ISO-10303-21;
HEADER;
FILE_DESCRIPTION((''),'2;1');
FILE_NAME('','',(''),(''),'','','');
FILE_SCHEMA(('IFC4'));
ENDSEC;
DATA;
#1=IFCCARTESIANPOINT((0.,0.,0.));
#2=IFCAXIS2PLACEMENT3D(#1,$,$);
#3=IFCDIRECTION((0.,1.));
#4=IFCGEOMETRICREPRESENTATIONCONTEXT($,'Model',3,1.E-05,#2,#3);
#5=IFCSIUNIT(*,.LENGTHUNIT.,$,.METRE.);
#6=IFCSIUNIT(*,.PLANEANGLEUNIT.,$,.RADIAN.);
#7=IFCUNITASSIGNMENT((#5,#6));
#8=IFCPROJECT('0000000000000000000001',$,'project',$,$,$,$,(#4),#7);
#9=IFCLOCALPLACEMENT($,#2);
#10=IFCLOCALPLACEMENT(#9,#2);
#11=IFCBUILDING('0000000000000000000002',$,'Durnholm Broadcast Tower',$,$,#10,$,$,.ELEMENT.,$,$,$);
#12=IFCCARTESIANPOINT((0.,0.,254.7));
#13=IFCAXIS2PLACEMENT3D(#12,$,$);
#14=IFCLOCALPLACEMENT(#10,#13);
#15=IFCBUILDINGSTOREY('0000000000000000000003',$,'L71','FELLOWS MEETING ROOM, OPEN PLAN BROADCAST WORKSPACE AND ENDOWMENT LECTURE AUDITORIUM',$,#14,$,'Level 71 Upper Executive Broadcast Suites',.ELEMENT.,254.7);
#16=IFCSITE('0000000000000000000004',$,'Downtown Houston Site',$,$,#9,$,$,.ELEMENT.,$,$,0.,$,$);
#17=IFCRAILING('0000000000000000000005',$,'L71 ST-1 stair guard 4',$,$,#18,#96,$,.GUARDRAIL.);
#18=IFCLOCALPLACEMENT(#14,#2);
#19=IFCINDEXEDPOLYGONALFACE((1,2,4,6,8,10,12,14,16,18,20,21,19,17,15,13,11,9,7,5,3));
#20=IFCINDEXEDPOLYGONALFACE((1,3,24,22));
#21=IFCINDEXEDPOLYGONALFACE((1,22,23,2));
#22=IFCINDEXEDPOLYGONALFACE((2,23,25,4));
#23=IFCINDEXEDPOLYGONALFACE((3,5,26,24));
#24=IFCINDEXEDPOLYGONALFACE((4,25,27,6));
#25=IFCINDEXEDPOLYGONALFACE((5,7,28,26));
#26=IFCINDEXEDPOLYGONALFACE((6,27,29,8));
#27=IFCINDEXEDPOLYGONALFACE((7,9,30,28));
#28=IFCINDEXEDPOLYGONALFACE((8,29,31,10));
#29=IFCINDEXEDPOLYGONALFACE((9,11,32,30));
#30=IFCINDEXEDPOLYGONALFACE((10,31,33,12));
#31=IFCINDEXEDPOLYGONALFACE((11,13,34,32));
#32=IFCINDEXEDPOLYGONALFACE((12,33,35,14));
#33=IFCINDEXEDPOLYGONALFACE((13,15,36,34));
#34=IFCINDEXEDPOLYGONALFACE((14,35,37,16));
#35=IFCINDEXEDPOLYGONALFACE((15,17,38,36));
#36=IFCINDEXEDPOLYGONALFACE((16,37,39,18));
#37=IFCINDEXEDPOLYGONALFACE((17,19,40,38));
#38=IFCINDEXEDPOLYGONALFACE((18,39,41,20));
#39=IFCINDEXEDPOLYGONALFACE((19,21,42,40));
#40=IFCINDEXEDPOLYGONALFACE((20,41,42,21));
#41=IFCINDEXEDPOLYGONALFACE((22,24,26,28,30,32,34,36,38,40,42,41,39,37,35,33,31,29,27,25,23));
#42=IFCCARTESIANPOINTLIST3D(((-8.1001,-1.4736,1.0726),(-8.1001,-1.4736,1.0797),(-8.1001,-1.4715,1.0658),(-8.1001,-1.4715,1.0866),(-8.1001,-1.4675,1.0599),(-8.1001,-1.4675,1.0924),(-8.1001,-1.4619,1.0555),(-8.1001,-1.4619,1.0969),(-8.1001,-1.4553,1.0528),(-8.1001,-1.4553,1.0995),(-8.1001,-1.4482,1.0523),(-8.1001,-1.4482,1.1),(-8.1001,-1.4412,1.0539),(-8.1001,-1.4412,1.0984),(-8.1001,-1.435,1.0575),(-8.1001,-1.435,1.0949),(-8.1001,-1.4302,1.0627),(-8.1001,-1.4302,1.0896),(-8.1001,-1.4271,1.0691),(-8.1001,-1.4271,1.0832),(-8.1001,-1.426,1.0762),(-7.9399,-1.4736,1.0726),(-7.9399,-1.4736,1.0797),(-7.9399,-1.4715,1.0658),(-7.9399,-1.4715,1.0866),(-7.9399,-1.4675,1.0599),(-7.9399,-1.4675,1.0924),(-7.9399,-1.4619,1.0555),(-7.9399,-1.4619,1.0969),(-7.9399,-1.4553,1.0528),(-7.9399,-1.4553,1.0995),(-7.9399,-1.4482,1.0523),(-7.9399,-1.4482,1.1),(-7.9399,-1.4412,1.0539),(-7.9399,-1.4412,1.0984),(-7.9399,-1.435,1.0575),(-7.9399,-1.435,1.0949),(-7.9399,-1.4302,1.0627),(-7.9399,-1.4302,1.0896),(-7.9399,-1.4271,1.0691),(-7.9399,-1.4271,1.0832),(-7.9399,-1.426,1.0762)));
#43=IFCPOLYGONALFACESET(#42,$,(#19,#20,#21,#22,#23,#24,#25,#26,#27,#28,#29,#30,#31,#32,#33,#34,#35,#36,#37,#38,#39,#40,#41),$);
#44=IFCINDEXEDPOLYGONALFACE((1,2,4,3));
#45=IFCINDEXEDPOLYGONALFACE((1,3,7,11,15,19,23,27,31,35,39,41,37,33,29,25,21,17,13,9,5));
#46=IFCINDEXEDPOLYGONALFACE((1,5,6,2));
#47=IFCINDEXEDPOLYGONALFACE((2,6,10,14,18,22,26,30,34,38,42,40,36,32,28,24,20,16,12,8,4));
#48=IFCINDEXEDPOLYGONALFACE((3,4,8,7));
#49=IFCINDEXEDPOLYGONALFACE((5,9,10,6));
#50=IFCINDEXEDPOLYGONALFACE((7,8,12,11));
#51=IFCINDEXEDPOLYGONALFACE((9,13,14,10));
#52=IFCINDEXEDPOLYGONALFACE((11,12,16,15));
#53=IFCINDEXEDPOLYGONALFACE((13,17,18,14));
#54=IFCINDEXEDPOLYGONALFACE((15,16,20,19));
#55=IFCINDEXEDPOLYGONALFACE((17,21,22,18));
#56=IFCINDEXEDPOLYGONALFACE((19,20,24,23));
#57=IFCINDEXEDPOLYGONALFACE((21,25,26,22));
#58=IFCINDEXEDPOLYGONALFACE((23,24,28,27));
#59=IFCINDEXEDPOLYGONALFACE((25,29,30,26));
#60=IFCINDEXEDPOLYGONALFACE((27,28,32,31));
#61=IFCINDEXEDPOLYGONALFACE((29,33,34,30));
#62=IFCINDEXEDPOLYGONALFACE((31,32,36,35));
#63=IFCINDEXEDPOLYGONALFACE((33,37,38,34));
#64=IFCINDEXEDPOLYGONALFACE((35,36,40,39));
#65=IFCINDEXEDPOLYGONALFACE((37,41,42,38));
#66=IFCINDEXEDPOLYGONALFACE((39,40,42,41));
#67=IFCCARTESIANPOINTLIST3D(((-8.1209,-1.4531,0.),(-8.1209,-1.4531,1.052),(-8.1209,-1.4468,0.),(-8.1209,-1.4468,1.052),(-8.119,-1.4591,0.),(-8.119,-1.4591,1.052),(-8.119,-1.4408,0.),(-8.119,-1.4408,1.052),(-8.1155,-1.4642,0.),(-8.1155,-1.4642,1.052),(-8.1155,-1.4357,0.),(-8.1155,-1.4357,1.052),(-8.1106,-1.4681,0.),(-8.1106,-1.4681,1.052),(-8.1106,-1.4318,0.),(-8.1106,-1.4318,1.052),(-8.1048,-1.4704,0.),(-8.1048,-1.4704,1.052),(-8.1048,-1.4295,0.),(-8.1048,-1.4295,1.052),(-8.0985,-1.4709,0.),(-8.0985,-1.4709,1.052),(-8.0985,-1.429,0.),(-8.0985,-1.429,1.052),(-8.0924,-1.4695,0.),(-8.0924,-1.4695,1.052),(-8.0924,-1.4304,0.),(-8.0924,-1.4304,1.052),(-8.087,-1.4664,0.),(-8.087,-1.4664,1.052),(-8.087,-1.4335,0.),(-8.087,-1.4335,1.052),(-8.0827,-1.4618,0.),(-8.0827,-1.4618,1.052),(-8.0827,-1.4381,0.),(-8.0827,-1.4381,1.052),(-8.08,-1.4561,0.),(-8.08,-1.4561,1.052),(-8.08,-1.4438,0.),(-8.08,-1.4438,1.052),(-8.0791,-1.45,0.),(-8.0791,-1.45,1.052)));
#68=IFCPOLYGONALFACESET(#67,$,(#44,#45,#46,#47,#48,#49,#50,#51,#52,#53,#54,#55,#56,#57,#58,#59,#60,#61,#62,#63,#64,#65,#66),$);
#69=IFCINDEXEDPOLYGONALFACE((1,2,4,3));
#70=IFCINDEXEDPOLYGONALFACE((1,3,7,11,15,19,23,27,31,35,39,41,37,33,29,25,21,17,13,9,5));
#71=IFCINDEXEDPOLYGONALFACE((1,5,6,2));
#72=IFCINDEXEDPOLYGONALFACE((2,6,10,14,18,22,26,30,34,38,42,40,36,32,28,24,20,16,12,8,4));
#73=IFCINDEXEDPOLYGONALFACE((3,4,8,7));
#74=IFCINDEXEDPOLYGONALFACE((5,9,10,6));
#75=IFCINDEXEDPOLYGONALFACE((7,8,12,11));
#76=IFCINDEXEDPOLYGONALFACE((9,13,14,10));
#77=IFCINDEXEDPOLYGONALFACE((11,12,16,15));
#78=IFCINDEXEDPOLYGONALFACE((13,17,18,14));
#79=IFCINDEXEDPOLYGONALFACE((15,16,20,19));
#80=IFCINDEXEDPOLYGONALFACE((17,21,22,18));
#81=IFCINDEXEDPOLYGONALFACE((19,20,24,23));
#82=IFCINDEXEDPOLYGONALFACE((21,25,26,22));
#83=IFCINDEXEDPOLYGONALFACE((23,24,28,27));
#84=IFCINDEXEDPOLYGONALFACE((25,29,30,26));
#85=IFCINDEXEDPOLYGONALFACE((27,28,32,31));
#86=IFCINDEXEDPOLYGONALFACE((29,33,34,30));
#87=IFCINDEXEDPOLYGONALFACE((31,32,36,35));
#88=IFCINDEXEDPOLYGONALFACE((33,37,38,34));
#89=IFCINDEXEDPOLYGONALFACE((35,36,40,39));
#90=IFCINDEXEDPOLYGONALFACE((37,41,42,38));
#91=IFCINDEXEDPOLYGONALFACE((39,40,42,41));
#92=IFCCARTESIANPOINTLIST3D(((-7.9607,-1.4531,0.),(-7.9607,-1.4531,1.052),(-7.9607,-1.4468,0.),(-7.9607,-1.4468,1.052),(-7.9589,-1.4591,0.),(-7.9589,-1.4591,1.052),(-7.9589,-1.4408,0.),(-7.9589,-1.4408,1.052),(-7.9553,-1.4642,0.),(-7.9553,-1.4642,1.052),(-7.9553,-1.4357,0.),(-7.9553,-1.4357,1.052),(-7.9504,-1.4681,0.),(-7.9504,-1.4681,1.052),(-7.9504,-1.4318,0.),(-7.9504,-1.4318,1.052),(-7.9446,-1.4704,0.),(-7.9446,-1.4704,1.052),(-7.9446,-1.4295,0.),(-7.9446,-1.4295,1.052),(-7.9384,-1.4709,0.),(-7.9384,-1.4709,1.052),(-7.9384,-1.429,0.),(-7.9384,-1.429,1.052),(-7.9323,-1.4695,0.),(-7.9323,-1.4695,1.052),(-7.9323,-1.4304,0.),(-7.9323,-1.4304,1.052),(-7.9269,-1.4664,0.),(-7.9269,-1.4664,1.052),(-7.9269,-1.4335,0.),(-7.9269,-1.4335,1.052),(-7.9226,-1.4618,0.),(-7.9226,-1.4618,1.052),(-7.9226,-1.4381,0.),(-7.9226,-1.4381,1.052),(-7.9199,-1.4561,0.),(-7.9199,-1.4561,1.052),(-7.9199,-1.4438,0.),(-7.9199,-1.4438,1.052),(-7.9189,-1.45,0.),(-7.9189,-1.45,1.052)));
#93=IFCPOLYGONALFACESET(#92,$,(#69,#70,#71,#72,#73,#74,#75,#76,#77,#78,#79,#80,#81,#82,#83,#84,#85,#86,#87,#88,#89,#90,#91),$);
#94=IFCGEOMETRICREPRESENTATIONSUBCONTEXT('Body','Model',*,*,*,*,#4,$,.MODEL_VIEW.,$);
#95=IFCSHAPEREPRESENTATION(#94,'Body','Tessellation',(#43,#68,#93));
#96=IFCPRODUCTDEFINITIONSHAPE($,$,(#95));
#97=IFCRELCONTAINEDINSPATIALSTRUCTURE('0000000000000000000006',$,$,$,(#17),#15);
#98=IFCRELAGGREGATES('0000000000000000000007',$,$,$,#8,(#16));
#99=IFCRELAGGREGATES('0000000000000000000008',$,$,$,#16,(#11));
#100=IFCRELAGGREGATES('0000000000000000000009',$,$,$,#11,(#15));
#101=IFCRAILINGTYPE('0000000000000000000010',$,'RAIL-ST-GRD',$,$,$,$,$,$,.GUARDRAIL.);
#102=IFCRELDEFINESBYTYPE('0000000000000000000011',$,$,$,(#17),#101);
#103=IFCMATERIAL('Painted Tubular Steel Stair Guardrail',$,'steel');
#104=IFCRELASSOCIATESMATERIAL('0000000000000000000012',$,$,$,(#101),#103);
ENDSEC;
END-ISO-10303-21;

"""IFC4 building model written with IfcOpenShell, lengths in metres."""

from ifc_helpers import new_model, si_unit, direction, frame, origin, origin_2d, place, context, subcontext, project, spatial, circle, extrude, material, type_object, element, save


model = new_model("IFC4")

# Units and contexts
model_context = context("Model", 3, precision=1e-05, world=origin(), true_north=direction((0.0, 1.0)))
body_context = subcontext(model_context, "Body", "Model", "MODEL_VIEW")
ifc_project = project(units=[si_unit("LENGTHUNIT", "METRE"), si_unit("PLANEANGLEUNIT", "RADIAN")], contexts=[model_context])

# Site, building, storey
site_placement = place(None, origin())
site = spatial("IfcSite", under=ifc_project, at=site_placement, Name="Downtown Houston Site", CompositionType="ELEMENT", RefElevation=0.0)
building_placement = place(site_placement, origin())
building = spatial("IfcBuilding", under=site, at=building_placement, Name="Durnholm Broadcast Tower", CompositionType="ELEMENT")
storey_placement = place(building_placement, frame((0.0, 0.0, 254.7)))
storey = spatial("IfcBuildingStorey", under=building, at=storey_placement, Name="L71", Description="FELLOWS MEETING ROOM, OPEN PLAN BROADCAST WORKSPACE AND ENDOWMENT LECTURE AUDITORIUM", LongName="Level 71 Upper Executive Broadcast Suites", CompositionType="ELEMENT", Elevation=254.7)

# Railing
ifc_material_1 = material(Name="Painted Tubular Steel Stair Guardrail", Category="steel")
railing_type_1 = type_object("IfcRailingType", Name="RAIL-ST-GRD", PredefinedType="GUARDRAIL", material=ifc_material_1)
railing_1_placement = place(storey_placement, frame((-8.1001, -1.45, 0.0)))
element("IfcRailing", 1, at=railing_1_placement, inside=storey, type_object=railing_type_1, Name="L71 ST-1 stair guard 4", PredefinedType="GUARDRAIL", context=body_context, shape_type="SweptSolid", body=[
    extrude(circle(Radius=0.0239, at=origin_2d()), frame((0.0, 0.0, 1.0762), z_axis=(1.0, 0.0, 0.0), x_axis=(0.0, 1.0, 0.0)), (0.0, 0.0, 1.0), 0.1602),
    extrude(circle(Radius=0.021, at=origin_2d()), origin(), (0.0, 0.0, 1.0), 1.052),
    extrude(circle(Radius=0.021, at=origin_2d()), frame((0.1602, 0.0, 0.0)), (0.0, 0.0, 1.0), 1.052),
])

save(model, "model.ifc")
